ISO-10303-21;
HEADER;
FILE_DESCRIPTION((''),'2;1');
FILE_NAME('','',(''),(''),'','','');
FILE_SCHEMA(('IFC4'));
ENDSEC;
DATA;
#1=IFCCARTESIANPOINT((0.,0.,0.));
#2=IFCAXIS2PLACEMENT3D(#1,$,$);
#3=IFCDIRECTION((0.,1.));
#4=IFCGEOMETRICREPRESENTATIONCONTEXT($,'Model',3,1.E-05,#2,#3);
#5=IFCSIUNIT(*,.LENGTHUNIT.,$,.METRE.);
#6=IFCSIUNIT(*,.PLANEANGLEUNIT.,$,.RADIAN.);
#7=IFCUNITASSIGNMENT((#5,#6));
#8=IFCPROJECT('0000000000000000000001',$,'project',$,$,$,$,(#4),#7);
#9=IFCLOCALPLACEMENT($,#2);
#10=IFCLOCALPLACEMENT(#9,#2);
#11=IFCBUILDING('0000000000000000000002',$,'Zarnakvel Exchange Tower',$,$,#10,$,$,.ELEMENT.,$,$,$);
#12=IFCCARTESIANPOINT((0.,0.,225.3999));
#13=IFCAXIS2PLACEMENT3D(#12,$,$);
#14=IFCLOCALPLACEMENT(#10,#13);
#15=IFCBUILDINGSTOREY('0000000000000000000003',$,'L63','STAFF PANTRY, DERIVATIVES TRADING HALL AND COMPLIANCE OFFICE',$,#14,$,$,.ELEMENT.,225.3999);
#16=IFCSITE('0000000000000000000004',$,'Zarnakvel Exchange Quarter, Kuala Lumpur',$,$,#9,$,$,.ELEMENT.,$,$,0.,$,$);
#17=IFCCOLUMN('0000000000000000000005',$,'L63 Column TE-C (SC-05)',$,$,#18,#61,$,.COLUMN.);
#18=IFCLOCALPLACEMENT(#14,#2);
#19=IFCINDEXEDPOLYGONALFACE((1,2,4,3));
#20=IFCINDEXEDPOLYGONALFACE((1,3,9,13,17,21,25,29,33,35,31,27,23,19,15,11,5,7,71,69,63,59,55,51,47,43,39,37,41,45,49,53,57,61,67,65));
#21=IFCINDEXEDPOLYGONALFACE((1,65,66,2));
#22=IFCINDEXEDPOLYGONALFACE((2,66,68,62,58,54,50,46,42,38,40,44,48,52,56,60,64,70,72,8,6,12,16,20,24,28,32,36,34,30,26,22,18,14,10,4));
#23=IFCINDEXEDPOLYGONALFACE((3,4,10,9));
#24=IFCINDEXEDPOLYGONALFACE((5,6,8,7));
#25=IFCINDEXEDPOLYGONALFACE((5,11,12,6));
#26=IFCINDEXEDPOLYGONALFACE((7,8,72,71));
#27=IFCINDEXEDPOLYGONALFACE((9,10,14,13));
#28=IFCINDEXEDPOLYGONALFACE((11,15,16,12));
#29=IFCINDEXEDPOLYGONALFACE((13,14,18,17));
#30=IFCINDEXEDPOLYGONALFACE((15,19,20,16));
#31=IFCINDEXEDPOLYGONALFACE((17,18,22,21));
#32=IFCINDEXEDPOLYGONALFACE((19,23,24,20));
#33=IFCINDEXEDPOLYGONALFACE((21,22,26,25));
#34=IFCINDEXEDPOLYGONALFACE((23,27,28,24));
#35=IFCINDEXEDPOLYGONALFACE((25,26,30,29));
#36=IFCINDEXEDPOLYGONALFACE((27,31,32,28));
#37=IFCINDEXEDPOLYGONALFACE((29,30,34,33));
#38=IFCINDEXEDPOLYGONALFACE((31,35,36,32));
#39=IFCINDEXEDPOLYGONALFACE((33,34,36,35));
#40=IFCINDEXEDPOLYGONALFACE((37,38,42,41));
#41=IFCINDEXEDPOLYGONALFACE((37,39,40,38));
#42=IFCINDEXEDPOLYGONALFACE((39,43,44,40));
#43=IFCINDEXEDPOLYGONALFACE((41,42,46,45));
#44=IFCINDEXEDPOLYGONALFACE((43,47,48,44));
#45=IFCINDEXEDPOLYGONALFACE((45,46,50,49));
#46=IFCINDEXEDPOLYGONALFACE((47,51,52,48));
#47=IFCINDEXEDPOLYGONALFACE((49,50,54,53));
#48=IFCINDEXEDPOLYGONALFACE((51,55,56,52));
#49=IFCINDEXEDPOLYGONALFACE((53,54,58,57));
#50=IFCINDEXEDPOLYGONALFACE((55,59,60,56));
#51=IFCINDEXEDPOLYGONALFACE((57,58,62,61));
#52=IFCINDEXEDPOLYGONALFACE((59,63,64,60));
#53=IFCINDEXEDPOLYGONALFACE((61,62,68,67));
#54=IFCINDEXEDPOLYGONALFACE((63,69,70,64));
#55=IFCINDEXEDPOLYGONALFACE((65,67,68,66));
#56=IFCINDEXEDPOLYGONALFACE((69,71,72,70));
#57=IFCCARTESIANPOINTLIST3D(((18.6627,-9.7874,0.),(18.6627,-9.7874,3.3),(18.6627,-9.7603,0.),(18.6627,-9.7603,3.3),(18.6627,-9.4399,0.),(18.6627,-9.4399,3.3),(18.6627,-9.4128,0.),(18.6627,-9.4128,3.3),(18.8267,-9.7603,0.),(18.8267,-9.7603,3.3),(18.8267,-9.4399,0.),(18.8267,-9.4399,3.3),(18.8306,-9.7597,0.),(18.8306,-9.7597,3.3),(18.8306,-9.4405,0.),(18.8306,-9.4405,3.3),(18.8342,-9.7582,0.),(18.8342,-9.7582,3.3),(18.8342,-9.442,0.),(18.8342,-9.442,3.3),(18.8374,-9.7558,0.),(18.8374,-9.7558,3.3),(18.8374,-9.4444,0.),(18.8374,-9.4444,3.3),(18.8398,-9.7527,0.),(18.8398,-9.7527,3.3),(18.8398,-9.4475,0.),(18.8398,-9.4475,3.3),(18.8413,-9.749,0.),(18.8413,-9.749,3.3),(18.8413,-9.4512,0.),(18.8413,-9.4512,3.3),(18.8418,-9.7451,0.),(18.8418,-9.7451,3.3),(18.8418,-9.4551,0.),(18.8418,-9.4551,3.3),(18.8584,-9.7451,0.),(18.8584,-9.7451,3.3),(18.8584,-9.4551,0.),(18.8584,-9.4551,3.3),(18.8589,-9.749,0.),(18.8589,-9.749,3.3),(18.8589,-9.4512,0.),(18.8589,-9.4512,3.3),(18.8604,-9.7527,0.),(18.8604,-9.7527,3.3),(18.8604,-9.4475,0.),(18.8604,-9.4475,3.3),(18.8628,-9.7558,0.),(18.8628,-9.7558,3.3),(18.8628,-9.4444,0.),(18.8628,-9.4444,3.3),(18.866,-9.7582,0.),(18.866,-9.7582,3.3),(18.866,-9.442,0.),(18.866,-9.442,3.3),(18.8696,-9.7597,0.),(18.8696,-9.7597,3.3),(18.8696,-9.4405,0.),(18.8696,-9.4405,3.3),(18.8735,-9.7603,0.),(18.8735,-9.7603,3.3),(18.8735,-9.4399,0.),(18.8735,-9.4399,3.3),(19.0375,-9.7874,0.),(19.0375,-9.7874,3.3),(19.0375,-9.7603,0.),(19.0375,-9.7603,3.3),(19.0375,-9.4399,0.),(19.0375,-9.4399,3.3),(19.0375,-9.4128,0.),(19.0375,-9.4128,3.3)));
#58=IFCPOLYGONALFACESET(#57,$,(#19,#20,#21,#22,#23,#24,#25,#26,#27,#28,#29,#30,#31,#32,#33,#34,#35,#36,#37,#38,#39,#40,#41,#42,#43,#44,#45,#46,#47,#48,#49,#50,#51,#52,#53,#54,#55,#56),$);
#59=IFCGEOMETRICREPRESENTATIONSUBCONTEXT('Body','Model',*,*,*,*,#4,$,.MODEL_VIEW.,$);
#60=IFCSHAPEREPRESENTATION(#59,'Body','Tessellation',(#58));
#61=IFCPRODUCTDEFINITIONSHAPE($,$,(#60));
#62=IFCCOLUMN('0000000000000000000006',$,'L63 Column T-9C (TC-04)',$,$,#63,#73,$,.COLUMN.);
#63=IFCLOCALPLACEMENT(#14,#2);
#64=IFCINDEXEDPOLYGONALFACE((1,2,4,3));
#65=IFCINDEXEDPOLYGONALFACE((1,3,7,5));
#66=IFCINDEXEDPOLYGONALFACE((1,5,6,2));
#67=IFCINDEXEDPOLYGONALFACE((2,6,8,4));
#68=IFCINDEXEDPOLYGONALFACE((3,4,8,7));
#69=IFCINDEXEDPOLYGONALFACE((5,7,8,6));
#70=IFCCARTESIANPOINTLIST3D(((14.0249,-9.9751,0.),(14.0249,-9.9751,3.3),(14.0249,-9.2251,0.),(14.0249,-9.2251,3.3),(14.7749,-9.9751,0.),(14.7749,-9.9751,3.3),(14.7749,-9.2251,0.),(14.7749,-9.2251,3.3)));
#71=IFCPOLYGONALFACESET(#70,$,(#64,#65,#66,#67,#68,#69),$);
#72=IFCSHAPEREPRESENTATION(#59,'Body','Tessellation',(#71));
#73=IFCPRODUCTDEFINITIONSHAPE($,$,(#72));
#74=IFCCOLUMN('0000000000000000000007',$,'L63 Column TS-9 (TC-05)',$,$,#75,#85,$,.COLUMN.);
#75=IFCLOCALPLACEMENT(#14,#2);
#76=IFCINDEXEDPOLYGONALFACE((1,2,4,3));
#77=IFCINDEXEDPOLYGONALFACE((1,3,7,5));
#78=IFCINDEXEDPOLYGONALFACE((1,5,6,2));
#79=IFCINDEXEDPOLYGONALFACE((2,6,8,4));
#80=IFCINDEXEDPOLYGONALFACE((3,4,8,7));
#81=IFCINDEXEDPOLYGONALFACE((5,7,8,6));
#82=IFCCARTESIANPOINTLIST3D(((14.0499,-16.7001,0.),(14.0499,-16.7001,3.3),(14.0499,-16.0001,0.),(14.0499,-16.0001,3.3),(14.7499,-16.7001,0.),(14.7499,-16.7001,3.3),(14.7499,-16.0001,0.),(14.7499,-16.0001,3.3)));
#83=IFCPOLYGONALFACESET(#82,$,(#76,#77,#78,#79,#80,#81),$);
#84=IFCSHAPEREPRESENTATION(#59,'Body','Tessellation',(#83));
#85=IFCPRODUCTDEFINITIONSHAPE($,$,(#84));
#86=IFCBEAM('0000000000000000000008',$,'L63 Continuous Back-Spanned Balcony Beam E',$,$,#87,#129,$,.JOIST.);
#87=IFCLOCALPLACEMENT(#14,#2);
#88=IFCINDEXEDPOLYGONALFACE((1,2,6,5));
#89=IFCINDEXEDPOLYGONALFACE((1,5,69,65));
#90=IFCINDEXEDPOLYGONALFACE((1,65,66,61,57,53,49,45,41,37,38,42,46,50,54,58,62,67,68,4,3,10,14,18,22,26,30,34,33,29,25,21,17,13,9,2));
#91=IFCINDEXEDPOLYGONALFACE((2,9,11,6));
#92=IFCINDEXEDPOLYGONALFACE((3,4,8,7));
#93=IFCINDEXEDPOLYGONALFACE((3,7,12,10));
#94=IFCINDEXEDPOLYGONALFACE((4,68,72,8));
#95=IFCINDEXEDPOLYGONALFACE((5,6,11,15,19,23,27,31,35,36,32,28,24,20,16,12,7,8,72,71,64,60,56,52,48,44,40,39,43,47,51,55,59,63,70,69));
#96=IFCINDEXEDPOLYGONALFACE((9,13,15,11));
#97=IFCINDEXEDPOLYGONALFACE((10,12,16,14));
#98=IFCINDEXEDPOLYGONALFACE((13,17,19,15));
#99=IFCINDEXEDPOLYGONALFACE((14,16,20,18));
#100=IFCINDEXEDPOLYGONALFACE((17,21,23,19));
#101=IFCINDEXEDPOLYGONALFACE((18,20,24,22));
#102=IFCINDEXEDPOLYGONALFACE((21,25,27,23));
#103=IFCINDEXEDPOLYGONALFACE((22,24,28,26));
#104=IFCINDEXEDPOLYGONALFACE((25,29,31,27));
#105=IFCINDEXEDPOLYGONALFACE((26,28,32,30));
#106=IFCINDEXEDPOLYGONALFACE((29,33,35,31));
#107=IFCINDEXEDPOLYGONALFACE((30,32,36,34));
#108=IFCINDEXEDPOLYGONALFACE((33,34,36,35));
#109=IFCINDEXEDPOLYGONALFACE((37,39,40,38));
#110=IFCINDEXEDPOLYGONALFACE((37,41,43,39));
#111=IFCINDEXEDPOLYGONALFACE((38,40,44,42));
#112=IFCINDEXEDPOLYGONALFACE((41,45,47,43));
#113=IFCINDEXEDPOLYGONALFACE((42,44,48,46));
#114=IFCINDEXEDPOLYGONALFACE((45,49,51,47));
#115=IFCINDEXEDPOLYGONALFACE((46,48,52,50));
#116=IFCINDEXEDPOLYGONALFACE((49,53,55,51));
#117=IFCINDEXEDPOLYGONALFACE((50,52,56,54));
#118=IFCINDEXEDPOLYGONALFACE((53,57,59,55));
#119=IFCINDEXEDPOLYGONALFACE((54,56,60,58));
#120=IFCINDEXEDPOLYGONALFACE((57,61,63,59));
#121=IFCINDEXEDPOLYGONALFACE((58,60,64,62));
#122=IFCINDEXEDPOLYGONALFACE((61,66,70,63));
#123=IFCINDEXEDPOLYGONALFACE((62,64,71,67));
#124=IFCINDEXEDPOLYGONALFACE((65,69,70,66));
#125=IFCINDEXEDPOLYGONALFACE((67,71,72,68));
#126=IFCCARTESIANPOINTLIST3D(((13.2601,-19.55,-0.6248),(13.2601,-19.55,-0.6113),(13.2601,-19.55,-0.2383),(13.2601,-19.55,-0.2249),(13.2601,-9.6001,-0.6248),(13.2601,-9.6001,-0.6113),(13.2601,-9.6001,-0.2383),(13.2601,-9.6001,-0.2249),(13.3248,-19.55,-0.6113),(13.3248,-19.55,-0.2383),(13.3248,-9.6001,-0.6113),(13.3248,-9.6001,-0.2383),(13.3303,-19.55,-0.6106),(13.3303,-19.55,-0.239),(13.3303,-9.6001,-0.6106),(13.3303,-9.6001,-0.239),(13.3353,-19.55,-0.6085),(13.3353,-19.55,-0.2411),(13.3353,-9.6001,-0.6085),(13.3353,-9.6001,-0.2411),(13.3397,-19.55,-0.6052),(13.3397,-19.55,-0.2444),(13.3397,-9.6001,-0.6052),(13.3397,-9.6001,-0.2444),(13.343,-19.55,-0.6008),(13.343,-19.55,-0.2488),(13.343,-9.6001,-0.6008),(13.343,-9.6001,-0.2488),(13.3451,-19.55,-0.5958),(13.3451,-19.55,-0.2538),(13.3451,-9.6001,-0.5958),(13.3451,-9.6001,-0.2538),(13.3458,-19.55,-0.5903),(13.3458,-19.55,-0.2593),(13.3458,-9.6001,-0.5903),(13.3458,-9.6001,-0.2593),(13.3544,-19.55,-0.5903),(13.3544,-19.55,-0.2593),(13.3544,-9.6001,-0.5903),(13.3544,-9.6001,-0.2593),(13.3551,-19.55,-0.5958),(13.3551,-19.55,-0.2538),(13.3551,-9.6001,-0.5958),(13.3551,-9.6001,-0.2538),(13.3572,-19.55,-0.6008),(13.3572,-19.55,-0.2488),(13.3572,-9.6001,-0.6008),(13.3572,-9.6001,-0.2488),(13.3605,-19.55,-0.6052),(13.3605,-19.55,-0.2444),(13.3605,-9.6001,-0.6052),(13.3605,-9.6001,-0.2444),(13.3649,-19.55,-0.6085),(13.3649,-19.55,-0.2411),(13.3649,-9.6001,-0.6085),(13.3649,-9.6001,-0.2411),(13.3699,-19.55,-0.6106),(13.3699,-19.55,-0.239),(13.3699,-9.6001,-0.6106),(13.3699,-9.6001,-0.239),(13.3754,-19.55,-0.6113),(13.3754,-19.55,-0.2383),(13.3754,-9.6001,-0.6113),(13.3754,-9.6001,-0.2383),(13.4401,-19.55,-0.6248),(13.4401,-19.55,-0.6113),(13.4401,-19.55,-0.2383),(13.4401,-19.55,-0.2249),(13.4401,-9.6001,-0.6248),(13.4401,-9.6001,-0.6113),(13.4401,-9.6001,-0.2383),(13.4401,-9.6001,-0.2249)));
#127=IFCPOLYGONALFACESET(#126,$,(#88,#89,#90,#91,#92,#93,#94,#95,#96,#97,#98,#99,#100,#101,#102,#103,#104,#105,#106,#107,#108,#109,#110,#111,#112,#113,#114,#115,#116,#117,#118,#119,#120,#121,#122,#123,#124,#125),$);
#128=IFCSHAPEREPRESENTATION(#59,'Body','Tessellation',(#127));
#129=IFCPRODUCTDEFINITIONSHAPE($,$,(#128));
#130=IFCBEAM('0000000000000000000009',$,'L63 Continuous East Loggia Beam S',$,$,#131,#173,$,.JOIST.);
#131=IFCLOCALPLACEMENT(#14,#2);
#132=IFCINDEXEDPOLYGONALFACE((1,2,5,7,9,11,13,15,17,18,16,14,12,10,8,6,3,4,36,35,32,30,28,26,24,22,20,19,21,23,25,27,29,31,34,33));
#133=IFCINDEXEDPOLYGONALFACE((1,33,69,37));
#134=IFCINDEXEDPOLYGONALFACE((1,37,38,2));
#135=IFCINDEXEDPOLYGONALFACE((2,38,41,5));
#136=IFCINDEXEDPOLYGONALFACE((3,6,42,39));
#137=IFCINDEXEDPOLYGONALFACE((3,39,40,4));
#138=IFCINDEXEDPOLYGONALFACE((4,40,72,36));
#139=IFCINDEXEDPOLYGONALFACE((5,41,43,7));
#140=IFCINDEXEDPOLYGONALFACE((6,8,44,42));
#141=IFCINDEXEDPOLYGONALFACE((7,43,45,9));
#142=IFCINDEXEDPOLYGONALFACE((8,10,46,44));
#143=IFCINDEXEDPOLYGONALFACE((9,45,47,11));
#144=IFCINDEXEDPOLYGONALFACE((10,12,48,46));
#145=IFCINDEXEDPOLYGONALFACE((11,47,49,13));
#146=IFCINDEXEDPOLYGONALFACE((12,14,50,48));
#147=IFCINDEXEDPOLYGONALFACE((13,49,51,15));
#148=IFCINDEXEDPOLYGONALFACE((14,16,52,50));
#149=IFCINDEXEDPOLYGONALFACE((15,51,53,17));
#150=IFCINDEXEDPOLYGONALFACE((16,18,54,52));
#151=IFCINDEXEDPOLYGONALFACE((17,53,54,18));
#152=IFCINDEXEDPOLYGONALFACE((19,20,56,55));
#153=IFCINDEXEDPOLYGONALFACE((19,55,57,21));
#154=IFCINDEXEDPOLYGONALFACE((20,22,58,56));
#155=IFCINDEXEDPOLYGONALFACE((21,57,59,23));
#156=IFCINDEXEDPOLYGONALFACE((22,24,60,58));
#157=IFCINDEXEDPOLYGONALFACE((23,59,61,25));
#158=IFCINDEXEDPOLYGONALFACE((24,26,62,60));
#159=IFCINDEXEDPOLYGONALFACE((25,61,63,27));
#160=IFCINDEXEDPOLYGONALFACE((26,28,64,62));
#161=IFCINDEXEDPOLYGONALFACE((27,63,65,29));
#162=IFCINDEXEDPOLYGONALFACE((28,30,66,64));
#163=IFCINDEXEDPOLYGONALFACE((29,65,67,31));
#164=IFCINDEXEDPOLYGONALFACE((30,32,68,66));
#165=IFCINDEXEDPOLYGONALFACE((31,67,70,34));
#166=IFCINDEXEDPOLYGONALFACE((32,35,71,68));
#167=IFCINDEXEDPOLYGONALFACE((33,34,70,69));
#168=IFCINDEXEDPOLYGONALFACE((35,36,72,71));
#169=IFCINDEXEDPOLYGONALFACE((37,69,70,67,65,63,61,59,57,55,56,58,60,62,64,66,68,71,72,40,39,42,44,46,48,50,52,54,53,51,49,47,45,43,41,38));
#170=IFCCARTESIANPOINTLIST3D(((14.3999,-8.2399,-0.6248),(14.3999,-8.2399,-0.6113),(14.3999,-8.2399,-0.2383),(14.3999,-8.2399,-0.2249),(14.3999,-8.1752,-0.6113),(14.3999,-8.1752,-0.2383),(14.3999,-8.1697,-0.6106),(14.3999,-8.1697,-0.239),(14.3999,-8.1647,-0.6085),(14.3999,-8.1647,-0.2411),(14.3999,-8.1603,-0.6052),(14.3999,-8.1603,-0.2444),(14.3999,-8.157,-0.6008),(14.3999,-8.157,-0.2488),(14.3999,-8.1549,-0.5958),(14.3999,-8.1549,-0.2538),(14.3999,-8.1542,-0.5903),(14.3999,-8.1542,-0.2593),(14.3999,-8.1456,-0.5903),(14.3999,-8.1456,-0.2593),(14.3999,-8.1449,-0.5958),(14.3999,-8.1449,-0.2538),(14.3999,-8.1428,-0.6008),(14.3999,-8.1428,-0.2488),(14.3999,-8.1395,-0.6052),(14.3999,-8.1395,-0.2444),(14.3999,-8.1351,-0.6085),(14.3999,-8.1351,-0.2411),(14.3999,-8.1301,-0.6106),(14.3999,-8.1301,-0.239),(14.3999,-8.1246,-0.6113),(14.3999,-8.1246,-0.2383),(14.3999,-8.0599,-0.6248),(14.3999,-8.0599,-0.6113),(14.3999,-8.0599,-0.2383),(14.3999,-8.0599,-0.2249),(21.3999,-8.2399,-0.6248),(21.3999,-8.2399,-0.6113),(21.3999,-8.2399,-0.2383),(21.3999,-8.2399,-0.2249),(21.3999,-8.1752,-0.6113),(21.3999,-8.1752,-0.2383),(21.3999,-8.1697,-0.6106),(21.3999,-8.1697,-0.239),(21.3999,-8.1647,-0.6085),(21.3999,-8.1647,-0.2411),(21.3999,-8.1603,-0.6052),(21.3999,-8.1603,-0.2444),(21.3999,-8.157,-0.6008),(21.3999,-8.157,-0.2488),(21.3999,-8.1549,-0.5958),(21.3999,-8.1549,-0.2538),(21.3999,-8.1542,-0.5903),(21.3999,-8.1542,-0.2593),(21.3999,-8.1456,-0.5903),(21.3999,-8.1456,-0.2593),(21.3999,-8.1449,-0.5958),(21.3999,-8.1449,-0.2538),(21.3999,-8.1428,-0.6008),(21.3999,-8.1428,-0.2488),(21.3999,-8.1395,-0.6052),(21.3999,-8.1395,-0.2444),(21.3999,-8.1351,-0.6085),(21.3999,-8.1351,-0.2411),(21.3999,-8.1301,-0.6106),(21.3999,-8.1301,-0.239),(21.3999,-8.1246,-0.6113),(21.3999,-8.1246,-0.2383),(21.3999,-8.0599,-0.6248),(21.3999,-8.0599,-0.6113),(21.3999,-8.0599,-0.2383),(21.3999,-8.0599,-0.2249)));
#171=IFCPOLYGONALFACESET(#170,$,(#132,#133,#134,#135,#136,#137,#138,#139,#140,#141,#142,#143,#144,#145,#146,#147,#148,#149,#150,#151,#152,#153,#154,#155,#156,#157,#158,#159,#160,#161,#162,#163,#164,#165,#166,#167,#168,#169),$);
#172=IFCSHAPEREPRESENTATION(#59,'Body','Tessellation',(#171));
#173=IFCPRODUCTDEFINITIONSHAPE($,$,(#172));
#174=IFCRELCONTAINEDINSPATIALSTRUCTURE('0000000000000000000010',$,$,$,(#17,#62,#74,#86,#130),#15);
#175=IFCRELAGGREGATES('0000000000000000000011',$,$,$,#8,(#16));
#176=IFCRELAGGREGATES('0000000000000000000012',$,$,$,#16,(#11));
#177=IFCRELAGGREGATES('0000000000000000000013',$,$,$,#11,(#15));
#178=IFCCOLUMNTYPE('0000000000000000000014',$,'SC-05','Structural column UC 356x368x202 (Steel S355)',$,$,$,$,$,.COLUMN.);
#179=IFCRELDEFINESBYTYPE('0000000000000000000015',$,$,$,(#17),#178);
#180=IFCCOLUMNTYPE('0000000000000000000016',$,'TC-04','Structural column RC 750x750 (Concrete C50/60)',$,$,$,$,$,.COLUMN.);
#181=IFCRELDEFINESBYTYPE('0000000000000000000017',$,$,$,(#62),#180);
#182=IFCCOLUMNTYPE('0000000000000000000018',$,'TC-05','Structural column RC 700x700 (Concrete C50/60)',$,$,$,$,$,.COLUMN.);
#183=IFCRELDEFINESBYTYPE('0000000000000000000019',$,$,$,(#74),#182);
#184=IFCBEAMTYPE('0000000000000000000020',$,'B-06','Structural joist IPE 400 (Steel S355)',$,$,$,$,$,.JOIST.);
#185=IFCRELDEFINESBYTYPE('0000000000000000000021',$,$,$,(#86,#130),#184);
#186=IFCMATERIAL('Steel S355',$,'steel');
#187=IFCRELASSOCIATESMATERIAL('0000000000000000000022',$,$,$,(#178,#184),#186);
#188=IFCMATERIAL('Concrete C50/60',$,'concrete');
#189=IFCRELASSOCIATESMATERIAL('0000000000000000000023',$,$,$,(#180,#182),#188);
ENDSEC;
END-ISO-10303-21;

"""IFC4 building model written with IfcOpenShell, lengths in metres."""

from ifc_helpers import new_model, si_unit, direction, frame, origin, origin_2d, place, context, subcontext, project, spatial, rectangle, i_section, extrude, material, material_profile, profile_set, type_object, element, save


model = new_model("IFC4")

# Units and contexts
model_context = context("Model", 3, precision=1e-05, world=origin(), true_north=direction((0.0, 1.0)))
body_context = subcontext(model_context, "Body", "Model", "MODEL_VIEW")
ifc_project = project(units=[si_unit("LENGTHUNIT", "METRE"), si_unit("PLANEANGLEUNIT", "RADIAN")], contexts=[model_context])

# Site, building, storey
site_placement = place(None, origin())
site = spatial("IfcSite", under=ifc_project, at=site_placement, Name="Zarnakvel Exchange Quarter, Kuala Lumpur", CompositionType="ELEMENT", RefElevation=0.0)
building_placement = place(site_placement, origin())
building = spatial("IfcBuilding", under=site, at=building_placement, Name="Zarnakvel Exchange Tower", CompositionType="ELEMENT")
storey_placement = place(building_placement, frame((0.0, 0.0, 225.3999)))
storey = spatial("IfcBuildingStorey", under=building, at=storey_placement, Name="L63", Description="STAFF PANTRY, DERIVATIVES TRADING HALL AND COMPLIANCE OFFICE", CompositionType="ELEMENT", Elevation=225.3999)

# Columns
ifc_material_1 = material(Name="Steel S355", Category="steel")
ifc_material_profile_1 = material_profile(ifc_material_1, i_section(OverallWidth=0.3748, OverallDepth=0.3745, WebThickness=0.0166, FlangeThickness=0.0271, FilletRadius=0.0151, at=origin_2d()))
ifc_profile_set_1 = profile_set([ifc_material_profile_1], Name="Steel S355")
column_type_1 = type_object("IfcColumnType", Name="SC-05", Description="Structural column UC 356x368x202 (Steel S355)", PredefinedType="COLUMN", material=ifc_profile_set_1)
column_1_placement = place(storey_placement, frame((18.8501, -9.6001, 0.0), z_axis=(0.0, 0.0, 1.0), x_axis=(1.0, 0.0, 0.0)))
element("IfcColumn", 1, at=column_1_placement, inside=storey, type_object=column_type_1, Name="L63 Column TE-C (SC-05)", PredefinedType="COLUMN", context=body_context, shape_type="SweptSolid", body=[
    extrude(i_section(OverallWidth=0.3748, OverallDepth=0.3745, WebThickness=0.0166, FlangeThickness=0.0271, FilletRadius=0.0151, at=origin_2d()), origin(), (0.0, 0.0, 1.0), 3.3),
])
ifc_material_2 = material(Name="Concrete C50/60", Category="concrete")
ifc_material_profile_2 = material_profile(ifc_material_2, rectangle(XDim=0.75, YDim=0.75, at=origin_2d()))
ifc_profile_set_2 = profile_set([ifc_material_profile_2], Name="Concrete C50/60")
column_type_2 = type_object("IfcColumnType", Name="TC-04", Description="Structural column RC 750x750 (Concrete C50/60)", PredefinedType="COLUMN", material=ifc_profile_set_2)
column_2_placement = place(storey_placement, frame((14.3999, -9.6001, 0.0), z_axis=(0.0, 0.0, 1.0), x_axis=(1.0, 0.0, 0.0)))
element("IfcColumn", 2, at=column_2_placement, inside=storey, type_object=column_type_2, Name="L63 Column T-9C (TC-04)", PredefinedType="COLUMN", context=body_context, shape_type="SweptSolid", body=[
    extrude(rectangle(XDim=0.75, YDim=0.75, at=origin_2d()), origin(), (0.0, 0.0, 1.0), 3.3),
])
ifc_material_profile_3 = material_profile(ifc_material_2, rectangle(XDim=0.7, YDim=0.7, at=origin_2d()))
ifc_profile_set_3 = profile_set([ifc_material_profile_3], Name="Concrete C50/60")
column_type_3 = type_object("IfcColumnType", Name="TC-05", Description="Structural column RC 700x700 (Concrete C50/60)", PredefinedType="COLUMN", material=ifc_profile_set_3)
column_3_placement = place(storey_placement, frame((14.3999, -16.3501, 0.0), z_axis=(0.0, 0.0, 1.0), x_axis=(1.0, 0.0, 0.0)))
element("IfcColumn", 3, at=column_3_placement, inside=storey, type_object=column_type_3, Name="L63 Column TS-9 (TC-05)", PredefinedType="COLUMN", context=body_context, shape_type="SweptSolid", body=[
    extrude(rectangle(XDim=0.7, YDim=0.7, at=origin_2d()), origin(), (0.0, 0.0, 1.0), 3.3),
])

# Beams
ifc_material_profile_4 = material_profile(ifc_material_1, i_section(OverallWidth=0.1799, OverallDepth=0.3999, WebThickness=0.0085, FlangeThickness=0.0134, FilletRadius=0.021, at=origin_2d()))
ifc_profile_set_4 = profile_set([ifc_material_profile_4], Name="Steel S355")
beam_type_1 = type_object("IfcBeamType", Name="B-06", Description="Structural joist IPE 400 (Steel S355)", PredefinedType="JOIST", material=ifc_profile_set_4)
beam_1_placement = place(storey_placement, frame((13.3501, -9.6001, -0.4248), z_axis=(0.0, -1.0, 0.0), x_axis=(1.0, 0.0, 0.0)))
element("IfcBeam", 4, at=beam_1_placement, inside=storey, type_object=beam_type_1, Name="L63 Continuous Back-Spanned Balcony Beam E", PredefinedType="JOIST", context=body_context, shape_type="SweptSolid", body=[
    extrude(i_section(OverallWidth=0.1799, OverallDepth=0.3999, WebThickness=0.0085, FlangeThickness=0.0134, FilletRadius=0.021, at=origin_2d()), origin(), (0.0, 0.0, 1.0), 9.95),
])
beam_2_placement = place(storey_placement, frame((14.3999, -8.1499, -0.4248), z_axis=(1.0, 0.0, 0.0), x_axis=(0.0, 1.0, 0.0)))
element("IfcBeam", 5, at=beam_2_placement, inside=storey, type_object=beam_type_1, Name="L63 Continuous East Loggia Beam S", PredefinedType="JOIST", context=body_context, shape_type="SweptSolid", body=[
    extrude(i_section(OverallWidth=0.1799, OverallDepth=0.3999, WebThickness=0.0085, FlangeThickness=0.0134, FilletRadius=0.021, at=origin_2d()), origin(), (0.0, 0.0, 1.0), 7.0),
])

save(model, "model.ifc")
